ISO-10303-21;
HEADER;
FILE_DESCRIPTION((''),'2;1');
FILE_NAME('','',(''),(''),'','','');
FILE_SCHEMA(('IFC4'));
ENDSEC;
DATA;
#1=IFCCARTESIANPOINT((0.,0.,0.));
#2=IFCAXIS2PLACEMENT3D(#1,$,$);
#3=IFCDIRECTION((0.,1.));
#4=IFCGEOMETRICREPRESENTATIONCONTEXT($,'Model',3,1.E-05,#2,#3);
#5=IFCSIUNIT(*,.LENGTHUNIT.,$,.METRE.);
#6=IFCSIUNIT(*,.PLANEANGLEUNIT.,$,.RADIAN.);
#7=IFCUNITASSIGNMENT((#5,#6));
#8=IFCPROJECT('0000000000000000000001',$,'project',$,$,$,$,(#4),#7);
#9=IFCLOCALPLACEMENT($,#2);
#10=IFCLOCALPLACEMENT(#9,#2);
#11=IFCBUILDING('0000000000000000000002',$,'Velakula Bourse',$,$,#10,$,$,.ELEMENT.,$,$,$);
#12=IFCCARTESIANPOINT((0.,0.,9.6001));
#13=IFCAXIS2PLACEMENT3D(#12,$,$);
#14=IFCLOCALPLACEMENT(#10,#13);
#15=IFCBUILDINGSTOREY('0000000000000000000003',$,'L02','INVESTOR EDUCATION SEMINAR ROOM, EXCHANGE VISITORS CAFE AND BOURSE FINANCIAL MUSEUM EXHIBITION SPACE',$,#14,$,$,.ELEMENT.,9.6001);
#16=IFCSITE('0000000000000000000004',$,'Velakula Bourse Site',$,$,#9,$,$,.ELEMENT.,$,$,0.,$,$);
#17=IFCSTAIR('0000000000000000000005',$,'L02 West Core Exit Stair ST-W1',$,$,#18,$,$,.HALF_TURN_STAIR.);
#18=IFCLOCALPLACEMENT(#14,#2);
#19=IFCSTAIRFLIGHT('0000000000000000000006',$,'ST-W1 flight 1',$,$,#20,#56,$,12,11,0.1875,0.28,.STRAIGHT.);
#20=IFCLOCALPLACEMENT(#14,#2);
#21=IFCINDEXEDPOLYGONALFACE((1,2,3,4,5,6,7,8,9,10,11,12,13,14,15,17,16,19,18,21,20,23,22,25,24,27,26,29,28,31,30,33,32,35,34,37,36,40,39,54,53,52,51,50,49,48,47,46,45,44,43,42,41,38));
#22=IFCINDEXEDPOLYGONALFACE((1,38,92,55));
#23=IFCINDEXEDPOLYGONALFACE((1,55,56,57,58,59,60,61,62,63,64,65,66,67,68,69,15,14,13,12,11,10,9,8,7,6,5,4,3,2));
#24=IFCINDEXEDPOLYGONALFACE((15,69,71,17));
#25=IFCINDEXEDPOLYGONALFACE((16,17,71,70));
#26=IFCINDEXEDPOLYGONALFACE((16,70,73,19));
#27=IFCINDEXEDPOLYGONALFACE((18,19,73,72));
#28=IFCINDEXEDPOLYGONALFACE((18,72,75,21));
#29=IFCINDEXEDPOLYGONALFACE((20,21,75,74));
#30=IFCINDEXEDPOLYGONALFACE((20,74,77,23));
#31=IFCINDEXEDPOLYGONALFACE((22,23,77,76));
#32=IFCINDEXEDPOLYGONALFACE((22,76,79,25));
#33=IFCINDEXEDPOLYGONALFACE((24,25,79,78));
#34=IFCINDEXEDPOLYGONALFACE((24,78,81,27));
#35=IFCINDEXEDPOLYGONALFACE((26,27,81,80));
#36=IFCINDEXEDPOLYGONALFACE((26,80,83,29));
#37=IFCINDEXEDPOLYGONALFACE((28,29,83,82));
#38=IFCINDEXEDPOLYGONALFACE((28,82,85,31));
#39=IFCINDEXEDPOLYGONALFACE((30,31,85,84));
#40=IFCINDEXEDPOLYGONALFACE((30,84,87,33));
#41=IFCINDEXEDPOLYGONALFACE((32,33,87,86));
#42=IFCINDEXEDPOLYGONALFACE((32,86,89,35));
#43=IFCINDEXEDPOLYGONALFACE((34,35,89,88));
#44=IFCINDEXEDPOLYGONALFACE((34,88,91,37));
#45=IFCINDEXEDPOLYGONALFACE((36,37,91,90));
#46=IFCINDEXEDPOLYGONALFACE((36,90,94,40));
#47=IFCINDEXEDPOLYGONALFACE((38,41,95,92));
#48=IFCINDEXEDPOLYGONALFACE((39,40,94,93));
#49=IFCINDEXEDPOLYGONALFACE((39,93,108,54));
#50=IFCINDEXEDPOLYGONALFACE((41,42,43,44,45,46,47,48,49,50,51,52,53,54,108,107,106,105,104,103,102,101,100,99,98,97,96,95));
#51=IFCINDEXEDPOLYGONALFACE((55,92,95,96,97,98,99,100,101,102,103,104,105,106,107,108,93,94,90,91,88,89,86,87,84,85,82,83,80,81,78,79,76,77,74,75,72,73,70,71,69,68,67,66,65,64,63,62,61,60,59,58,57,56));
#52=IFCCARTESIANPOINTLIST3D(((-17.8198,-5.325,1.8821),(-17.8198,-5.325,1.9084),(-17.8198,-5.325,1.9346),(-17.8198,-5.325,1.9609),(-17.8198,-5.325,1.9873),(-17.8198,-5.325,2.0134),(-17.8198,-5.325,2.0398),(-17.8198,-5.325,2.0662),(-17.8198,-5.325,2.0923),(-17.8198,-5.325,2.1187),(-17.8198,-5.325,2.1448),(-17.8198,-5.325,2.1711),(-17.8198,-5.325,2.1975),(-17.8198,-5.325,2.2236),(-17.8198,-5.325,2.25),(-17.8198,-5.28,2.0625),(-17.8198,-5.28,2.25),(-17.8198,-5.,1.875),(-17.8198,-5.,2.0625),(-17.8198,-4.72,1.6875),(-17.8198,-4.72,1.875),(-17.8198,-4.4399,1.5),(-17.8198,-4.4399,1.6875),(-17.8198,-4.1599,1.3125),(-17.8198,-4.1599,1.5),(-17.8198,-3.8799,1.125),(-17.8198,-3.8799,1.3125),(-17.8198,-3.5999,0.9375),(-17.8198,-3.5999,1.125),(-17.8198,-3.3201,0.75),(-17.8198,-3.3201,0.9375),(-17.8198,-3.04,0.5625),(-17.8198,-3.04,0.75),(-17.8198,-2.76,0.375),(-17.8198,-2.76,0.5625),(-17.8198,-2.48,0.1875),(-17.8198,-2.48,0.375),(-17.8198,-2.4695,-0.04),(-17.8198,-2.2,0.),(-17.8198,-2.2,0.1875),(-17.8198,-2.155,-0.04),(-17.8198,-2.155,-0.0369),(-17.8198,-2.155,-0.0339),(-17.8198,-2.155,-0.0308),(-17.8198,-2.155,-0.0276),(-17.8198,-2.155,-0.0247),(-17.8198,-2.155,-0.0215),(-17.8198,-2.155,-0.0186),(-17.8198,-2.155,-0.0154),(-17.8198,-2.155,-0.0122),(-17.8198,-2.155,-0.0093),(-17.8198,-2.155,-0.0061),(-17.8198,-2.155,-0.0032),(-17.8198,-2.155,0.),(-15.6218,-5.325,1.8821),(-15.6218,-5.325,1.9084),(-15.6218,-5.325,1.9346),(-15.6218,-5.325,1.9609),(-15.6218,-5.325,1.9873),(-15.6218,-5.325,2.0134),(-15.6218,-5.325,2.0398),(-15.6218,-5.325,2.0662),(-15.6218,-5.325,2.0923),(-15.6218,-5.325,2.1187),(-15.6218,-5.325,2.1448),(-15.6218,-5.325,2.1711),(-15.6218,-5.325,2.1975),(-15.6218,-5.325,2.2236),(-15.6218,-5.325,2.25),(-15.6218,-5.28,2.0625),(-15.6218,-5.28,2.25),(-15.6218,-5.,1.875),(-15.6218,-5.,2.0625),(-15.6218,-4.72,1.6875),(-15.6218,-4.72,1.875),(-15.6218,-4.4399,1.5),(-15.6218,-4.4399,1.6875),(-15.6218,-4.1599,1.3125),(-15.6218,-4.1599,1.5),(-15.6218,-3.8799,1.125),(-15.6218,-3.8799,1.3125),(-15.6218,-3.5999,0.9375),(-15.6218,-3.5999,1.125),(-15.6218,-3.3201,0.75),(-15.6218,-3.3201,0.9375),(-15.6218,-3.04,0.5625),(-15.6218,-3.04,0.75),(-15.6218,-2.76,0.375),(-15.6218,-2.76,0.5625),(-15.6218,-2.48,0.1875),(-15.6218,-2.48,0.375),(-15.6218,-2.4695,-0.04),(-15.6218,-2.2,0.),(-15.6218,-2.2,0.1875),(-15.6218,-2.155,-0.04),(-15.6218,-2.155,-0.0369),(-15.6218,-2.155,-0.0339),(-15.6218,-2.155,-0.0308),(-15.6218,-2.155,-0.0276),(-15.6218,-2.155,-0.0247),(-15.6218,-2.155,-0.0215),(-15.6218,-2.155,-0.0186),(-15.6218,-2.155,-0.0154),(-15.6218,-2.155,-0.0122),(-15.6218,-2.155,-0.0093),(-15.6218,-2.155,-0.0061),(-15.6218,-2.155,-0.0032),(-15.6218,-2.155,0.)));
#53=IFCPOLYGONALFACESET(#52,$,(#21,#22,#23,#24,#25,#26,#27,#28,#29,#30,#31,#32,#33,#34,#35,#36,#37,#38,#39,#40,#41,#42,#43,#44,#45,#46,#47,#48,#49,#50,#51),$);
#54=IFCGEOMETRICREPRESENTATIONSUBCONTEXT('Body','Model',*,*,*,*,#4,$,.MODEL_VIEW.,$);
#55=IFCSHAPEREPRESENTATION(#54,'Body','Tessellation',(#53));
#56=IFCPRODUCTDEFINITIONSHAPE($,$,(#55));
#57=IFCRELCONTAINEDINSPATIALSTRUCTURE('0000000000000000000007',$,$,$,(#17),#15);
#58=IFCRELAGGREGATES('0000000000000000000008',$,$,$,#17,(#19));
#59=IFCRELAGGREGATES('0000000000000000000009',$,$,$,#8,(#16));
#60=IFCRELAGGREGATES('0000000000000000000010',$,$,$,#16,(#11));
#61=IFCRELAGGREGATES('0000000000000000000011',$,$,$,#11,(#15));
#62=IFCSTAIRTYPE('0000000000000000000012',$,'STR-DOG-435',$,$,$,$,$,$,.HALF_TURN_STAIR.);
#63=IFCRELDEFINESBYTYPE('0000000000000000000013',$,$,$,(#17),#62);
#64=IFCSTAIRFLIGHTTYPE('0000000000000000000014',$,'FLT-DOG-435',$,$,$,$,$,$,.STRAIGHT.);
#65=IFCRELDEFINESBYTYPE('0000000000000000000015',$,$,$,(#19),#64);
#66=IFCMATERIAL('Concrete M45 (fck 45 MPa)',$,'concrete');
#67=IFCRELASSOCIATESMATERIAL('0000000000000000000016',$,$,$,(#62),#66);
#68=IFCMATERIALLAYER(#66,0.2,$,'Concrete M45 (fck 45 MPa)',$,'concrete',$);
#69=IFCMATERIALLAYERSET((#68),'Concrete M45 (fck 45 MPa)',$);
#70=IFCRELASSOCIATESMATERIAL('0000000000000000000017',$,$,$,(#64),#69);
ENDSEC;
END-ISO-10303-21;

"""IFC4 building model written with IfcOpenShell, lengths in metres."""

from ifc_helpers import new_model, si_unit, direction, frame, origin, place, context, subcontext, project, spatial, polyline, outline, extrude, material, layer, layer_set, type_object, element, aggregate, save


model = new_model("IFC4")

# Units and contexts
model_context = context("Model", 3, precision=1e-05, world=origin(), true_north=direction((0.0, 1.0)))
body_context = subcontext(model_context, "Body", "Model", "MODEL_VIEW")
ifc_project = project(units=[si_unit("LENGTHUNIT", "METRE"), si_unit("PLANEANGLEUNIT", "RADIAN")], contexts=[model_context])

# Site, building, storey
site_placement = place(None, origin())
site = spatial("IfcSite", under=ifc_project, at=site_placement, Name="Velakula Bourse Site", CompositionType="ELEMENT", RefElevation=0.0)
building_placement = place(site_placement, origin())
building = spatial("IfcBuilding", under=site, at=building_placement, Name="Velakula Bourse", CompositionType="ELEMENT")
storey_placement = place(building_placement, frame((0.0, 0.0, 9.6001)))
storey = spatial("IfcBuildingStorey", under=building, at=storey_placement, Name="L02", Description="INVESTOR EDUCATION SEMINAR ROOM, EXCHANGE VISITORS CAFE AND BOURSE FINANCIAL MUSEUM EXHIBITION SPACE", CompositionType="ELEMENT", Elevation=9.6001)

# Stair, stair flight
ifc_material_1 = material(Name="Concrete M45 (fck 45 MPa)", Category="concrete")
stair_type = type_object("IfcStairType", Name="STR-DOG-435", PredefinedType="HALF_TURN_STAIR", material=ifc_material_1)
stair_placement = place(storey_placement, origin())
stair = element("IfcStair", 1, at=stair_placement, inside=storey, type_object=stair_type, Name="L02 West Core Exit Stair ST-W1", PredefinedType="HALF_TURN_STAIR")
ifc_layer_1 = layer(ifc_material_1, 0.2, Name="Concrete M45 (fck 45 MPa)", Category="concrete")
ifc_layer_set_1 = layer_set([ifc_layer_1], Name="Concrete M45 (fck 45 MPa)")
stair_flight_type = type_object("IfcStairFlightType", Name="FLT-DOG-435", PredefinedType="STRAIGHT", material=ifc_layer_set_1)
stair_flight_placement = place(storey_placement, frame((-16.7209, -2.2, 0.0), z_axis=(0.0, 0.0, 1.0), x_axis=(0.0, -1.0, 0.0)))
stair_flight = element("IfcStairFlight", 2, at=stair_flight_placement, type_object=stair_flight_type, Name="ST-W1 flight 1", NumberOfRisers=12, NumberOfTreads=11, PredefinedType="STRAIGHT", RiserHeight=0.1875, TreadLength=0.28, context=body_context, shape_type="SweptSolid", body=[
    extrude(outline(polyline([(-0.0449, -0.04), (-0.0449, -0.0369), (-0.0449, -0.0339), (-0.0449, -0.0308), (-0.0449, -0.0276), (-0.0449, -0.0247), (-0.0449, -0.0215), (-0.0449, -0.0186), (-0.0449, -0.0154), (-0.0449, -0.0122), (-0.0449, -0.0093), (-0.0449, -0.0061), (-0.0449, -0.0032), (-0.0449, 0.0), (0.0, 0.0), (0.0, 0.1875), (0.28, 0.1875), (0.28, 0.375), (0.5601, 0.375), (0.5601, 0.5625), (0.8401, 0.5625), (0.8401, 0.75), (1.1201, 0.75), (1.1201, 0.9375), (1.3999, 0.9375), (1.3999, 1.125), (1.6799, 1.125), (1.6799, 1.3125), (1.96, 1.3125), (1.96, 1.5), (2.24, 1.5), (2.24, 1.6875), (2.52, 1.6875), (2.52, 1.875), (2.8, 1.875), (2.8, 2.0625), (3.0801, 2.0625), (3.0801, 2.25), (3.125, 2.25), (3.125, 2.2236), (3.125, 2.1975), (3.125, 2.1711), (3.125, 2.1448), (3.125, 2.1187), (3.125, 2.0923), (3.125, 2.0662), (3.125, 2.0398), (3.125, 2.0134), (3.125, 1.9873), (3.125, 1.9609), (3.125, 1.9346), (3.125, 1.9084), (3.125, 1.8821), (0.2695, -0.04), (-0.0449, -0.04)])), frame((0.0, 1.0991, 0.0), z_axis=(0.0, -1.0, 0.0), x_axis=(1.0, 0.0, 0.0)), (0.0, 0.0, 1.0), 2.198),
])
aggregate(stair, [stair_flight])

save(model, "model.ifc")
